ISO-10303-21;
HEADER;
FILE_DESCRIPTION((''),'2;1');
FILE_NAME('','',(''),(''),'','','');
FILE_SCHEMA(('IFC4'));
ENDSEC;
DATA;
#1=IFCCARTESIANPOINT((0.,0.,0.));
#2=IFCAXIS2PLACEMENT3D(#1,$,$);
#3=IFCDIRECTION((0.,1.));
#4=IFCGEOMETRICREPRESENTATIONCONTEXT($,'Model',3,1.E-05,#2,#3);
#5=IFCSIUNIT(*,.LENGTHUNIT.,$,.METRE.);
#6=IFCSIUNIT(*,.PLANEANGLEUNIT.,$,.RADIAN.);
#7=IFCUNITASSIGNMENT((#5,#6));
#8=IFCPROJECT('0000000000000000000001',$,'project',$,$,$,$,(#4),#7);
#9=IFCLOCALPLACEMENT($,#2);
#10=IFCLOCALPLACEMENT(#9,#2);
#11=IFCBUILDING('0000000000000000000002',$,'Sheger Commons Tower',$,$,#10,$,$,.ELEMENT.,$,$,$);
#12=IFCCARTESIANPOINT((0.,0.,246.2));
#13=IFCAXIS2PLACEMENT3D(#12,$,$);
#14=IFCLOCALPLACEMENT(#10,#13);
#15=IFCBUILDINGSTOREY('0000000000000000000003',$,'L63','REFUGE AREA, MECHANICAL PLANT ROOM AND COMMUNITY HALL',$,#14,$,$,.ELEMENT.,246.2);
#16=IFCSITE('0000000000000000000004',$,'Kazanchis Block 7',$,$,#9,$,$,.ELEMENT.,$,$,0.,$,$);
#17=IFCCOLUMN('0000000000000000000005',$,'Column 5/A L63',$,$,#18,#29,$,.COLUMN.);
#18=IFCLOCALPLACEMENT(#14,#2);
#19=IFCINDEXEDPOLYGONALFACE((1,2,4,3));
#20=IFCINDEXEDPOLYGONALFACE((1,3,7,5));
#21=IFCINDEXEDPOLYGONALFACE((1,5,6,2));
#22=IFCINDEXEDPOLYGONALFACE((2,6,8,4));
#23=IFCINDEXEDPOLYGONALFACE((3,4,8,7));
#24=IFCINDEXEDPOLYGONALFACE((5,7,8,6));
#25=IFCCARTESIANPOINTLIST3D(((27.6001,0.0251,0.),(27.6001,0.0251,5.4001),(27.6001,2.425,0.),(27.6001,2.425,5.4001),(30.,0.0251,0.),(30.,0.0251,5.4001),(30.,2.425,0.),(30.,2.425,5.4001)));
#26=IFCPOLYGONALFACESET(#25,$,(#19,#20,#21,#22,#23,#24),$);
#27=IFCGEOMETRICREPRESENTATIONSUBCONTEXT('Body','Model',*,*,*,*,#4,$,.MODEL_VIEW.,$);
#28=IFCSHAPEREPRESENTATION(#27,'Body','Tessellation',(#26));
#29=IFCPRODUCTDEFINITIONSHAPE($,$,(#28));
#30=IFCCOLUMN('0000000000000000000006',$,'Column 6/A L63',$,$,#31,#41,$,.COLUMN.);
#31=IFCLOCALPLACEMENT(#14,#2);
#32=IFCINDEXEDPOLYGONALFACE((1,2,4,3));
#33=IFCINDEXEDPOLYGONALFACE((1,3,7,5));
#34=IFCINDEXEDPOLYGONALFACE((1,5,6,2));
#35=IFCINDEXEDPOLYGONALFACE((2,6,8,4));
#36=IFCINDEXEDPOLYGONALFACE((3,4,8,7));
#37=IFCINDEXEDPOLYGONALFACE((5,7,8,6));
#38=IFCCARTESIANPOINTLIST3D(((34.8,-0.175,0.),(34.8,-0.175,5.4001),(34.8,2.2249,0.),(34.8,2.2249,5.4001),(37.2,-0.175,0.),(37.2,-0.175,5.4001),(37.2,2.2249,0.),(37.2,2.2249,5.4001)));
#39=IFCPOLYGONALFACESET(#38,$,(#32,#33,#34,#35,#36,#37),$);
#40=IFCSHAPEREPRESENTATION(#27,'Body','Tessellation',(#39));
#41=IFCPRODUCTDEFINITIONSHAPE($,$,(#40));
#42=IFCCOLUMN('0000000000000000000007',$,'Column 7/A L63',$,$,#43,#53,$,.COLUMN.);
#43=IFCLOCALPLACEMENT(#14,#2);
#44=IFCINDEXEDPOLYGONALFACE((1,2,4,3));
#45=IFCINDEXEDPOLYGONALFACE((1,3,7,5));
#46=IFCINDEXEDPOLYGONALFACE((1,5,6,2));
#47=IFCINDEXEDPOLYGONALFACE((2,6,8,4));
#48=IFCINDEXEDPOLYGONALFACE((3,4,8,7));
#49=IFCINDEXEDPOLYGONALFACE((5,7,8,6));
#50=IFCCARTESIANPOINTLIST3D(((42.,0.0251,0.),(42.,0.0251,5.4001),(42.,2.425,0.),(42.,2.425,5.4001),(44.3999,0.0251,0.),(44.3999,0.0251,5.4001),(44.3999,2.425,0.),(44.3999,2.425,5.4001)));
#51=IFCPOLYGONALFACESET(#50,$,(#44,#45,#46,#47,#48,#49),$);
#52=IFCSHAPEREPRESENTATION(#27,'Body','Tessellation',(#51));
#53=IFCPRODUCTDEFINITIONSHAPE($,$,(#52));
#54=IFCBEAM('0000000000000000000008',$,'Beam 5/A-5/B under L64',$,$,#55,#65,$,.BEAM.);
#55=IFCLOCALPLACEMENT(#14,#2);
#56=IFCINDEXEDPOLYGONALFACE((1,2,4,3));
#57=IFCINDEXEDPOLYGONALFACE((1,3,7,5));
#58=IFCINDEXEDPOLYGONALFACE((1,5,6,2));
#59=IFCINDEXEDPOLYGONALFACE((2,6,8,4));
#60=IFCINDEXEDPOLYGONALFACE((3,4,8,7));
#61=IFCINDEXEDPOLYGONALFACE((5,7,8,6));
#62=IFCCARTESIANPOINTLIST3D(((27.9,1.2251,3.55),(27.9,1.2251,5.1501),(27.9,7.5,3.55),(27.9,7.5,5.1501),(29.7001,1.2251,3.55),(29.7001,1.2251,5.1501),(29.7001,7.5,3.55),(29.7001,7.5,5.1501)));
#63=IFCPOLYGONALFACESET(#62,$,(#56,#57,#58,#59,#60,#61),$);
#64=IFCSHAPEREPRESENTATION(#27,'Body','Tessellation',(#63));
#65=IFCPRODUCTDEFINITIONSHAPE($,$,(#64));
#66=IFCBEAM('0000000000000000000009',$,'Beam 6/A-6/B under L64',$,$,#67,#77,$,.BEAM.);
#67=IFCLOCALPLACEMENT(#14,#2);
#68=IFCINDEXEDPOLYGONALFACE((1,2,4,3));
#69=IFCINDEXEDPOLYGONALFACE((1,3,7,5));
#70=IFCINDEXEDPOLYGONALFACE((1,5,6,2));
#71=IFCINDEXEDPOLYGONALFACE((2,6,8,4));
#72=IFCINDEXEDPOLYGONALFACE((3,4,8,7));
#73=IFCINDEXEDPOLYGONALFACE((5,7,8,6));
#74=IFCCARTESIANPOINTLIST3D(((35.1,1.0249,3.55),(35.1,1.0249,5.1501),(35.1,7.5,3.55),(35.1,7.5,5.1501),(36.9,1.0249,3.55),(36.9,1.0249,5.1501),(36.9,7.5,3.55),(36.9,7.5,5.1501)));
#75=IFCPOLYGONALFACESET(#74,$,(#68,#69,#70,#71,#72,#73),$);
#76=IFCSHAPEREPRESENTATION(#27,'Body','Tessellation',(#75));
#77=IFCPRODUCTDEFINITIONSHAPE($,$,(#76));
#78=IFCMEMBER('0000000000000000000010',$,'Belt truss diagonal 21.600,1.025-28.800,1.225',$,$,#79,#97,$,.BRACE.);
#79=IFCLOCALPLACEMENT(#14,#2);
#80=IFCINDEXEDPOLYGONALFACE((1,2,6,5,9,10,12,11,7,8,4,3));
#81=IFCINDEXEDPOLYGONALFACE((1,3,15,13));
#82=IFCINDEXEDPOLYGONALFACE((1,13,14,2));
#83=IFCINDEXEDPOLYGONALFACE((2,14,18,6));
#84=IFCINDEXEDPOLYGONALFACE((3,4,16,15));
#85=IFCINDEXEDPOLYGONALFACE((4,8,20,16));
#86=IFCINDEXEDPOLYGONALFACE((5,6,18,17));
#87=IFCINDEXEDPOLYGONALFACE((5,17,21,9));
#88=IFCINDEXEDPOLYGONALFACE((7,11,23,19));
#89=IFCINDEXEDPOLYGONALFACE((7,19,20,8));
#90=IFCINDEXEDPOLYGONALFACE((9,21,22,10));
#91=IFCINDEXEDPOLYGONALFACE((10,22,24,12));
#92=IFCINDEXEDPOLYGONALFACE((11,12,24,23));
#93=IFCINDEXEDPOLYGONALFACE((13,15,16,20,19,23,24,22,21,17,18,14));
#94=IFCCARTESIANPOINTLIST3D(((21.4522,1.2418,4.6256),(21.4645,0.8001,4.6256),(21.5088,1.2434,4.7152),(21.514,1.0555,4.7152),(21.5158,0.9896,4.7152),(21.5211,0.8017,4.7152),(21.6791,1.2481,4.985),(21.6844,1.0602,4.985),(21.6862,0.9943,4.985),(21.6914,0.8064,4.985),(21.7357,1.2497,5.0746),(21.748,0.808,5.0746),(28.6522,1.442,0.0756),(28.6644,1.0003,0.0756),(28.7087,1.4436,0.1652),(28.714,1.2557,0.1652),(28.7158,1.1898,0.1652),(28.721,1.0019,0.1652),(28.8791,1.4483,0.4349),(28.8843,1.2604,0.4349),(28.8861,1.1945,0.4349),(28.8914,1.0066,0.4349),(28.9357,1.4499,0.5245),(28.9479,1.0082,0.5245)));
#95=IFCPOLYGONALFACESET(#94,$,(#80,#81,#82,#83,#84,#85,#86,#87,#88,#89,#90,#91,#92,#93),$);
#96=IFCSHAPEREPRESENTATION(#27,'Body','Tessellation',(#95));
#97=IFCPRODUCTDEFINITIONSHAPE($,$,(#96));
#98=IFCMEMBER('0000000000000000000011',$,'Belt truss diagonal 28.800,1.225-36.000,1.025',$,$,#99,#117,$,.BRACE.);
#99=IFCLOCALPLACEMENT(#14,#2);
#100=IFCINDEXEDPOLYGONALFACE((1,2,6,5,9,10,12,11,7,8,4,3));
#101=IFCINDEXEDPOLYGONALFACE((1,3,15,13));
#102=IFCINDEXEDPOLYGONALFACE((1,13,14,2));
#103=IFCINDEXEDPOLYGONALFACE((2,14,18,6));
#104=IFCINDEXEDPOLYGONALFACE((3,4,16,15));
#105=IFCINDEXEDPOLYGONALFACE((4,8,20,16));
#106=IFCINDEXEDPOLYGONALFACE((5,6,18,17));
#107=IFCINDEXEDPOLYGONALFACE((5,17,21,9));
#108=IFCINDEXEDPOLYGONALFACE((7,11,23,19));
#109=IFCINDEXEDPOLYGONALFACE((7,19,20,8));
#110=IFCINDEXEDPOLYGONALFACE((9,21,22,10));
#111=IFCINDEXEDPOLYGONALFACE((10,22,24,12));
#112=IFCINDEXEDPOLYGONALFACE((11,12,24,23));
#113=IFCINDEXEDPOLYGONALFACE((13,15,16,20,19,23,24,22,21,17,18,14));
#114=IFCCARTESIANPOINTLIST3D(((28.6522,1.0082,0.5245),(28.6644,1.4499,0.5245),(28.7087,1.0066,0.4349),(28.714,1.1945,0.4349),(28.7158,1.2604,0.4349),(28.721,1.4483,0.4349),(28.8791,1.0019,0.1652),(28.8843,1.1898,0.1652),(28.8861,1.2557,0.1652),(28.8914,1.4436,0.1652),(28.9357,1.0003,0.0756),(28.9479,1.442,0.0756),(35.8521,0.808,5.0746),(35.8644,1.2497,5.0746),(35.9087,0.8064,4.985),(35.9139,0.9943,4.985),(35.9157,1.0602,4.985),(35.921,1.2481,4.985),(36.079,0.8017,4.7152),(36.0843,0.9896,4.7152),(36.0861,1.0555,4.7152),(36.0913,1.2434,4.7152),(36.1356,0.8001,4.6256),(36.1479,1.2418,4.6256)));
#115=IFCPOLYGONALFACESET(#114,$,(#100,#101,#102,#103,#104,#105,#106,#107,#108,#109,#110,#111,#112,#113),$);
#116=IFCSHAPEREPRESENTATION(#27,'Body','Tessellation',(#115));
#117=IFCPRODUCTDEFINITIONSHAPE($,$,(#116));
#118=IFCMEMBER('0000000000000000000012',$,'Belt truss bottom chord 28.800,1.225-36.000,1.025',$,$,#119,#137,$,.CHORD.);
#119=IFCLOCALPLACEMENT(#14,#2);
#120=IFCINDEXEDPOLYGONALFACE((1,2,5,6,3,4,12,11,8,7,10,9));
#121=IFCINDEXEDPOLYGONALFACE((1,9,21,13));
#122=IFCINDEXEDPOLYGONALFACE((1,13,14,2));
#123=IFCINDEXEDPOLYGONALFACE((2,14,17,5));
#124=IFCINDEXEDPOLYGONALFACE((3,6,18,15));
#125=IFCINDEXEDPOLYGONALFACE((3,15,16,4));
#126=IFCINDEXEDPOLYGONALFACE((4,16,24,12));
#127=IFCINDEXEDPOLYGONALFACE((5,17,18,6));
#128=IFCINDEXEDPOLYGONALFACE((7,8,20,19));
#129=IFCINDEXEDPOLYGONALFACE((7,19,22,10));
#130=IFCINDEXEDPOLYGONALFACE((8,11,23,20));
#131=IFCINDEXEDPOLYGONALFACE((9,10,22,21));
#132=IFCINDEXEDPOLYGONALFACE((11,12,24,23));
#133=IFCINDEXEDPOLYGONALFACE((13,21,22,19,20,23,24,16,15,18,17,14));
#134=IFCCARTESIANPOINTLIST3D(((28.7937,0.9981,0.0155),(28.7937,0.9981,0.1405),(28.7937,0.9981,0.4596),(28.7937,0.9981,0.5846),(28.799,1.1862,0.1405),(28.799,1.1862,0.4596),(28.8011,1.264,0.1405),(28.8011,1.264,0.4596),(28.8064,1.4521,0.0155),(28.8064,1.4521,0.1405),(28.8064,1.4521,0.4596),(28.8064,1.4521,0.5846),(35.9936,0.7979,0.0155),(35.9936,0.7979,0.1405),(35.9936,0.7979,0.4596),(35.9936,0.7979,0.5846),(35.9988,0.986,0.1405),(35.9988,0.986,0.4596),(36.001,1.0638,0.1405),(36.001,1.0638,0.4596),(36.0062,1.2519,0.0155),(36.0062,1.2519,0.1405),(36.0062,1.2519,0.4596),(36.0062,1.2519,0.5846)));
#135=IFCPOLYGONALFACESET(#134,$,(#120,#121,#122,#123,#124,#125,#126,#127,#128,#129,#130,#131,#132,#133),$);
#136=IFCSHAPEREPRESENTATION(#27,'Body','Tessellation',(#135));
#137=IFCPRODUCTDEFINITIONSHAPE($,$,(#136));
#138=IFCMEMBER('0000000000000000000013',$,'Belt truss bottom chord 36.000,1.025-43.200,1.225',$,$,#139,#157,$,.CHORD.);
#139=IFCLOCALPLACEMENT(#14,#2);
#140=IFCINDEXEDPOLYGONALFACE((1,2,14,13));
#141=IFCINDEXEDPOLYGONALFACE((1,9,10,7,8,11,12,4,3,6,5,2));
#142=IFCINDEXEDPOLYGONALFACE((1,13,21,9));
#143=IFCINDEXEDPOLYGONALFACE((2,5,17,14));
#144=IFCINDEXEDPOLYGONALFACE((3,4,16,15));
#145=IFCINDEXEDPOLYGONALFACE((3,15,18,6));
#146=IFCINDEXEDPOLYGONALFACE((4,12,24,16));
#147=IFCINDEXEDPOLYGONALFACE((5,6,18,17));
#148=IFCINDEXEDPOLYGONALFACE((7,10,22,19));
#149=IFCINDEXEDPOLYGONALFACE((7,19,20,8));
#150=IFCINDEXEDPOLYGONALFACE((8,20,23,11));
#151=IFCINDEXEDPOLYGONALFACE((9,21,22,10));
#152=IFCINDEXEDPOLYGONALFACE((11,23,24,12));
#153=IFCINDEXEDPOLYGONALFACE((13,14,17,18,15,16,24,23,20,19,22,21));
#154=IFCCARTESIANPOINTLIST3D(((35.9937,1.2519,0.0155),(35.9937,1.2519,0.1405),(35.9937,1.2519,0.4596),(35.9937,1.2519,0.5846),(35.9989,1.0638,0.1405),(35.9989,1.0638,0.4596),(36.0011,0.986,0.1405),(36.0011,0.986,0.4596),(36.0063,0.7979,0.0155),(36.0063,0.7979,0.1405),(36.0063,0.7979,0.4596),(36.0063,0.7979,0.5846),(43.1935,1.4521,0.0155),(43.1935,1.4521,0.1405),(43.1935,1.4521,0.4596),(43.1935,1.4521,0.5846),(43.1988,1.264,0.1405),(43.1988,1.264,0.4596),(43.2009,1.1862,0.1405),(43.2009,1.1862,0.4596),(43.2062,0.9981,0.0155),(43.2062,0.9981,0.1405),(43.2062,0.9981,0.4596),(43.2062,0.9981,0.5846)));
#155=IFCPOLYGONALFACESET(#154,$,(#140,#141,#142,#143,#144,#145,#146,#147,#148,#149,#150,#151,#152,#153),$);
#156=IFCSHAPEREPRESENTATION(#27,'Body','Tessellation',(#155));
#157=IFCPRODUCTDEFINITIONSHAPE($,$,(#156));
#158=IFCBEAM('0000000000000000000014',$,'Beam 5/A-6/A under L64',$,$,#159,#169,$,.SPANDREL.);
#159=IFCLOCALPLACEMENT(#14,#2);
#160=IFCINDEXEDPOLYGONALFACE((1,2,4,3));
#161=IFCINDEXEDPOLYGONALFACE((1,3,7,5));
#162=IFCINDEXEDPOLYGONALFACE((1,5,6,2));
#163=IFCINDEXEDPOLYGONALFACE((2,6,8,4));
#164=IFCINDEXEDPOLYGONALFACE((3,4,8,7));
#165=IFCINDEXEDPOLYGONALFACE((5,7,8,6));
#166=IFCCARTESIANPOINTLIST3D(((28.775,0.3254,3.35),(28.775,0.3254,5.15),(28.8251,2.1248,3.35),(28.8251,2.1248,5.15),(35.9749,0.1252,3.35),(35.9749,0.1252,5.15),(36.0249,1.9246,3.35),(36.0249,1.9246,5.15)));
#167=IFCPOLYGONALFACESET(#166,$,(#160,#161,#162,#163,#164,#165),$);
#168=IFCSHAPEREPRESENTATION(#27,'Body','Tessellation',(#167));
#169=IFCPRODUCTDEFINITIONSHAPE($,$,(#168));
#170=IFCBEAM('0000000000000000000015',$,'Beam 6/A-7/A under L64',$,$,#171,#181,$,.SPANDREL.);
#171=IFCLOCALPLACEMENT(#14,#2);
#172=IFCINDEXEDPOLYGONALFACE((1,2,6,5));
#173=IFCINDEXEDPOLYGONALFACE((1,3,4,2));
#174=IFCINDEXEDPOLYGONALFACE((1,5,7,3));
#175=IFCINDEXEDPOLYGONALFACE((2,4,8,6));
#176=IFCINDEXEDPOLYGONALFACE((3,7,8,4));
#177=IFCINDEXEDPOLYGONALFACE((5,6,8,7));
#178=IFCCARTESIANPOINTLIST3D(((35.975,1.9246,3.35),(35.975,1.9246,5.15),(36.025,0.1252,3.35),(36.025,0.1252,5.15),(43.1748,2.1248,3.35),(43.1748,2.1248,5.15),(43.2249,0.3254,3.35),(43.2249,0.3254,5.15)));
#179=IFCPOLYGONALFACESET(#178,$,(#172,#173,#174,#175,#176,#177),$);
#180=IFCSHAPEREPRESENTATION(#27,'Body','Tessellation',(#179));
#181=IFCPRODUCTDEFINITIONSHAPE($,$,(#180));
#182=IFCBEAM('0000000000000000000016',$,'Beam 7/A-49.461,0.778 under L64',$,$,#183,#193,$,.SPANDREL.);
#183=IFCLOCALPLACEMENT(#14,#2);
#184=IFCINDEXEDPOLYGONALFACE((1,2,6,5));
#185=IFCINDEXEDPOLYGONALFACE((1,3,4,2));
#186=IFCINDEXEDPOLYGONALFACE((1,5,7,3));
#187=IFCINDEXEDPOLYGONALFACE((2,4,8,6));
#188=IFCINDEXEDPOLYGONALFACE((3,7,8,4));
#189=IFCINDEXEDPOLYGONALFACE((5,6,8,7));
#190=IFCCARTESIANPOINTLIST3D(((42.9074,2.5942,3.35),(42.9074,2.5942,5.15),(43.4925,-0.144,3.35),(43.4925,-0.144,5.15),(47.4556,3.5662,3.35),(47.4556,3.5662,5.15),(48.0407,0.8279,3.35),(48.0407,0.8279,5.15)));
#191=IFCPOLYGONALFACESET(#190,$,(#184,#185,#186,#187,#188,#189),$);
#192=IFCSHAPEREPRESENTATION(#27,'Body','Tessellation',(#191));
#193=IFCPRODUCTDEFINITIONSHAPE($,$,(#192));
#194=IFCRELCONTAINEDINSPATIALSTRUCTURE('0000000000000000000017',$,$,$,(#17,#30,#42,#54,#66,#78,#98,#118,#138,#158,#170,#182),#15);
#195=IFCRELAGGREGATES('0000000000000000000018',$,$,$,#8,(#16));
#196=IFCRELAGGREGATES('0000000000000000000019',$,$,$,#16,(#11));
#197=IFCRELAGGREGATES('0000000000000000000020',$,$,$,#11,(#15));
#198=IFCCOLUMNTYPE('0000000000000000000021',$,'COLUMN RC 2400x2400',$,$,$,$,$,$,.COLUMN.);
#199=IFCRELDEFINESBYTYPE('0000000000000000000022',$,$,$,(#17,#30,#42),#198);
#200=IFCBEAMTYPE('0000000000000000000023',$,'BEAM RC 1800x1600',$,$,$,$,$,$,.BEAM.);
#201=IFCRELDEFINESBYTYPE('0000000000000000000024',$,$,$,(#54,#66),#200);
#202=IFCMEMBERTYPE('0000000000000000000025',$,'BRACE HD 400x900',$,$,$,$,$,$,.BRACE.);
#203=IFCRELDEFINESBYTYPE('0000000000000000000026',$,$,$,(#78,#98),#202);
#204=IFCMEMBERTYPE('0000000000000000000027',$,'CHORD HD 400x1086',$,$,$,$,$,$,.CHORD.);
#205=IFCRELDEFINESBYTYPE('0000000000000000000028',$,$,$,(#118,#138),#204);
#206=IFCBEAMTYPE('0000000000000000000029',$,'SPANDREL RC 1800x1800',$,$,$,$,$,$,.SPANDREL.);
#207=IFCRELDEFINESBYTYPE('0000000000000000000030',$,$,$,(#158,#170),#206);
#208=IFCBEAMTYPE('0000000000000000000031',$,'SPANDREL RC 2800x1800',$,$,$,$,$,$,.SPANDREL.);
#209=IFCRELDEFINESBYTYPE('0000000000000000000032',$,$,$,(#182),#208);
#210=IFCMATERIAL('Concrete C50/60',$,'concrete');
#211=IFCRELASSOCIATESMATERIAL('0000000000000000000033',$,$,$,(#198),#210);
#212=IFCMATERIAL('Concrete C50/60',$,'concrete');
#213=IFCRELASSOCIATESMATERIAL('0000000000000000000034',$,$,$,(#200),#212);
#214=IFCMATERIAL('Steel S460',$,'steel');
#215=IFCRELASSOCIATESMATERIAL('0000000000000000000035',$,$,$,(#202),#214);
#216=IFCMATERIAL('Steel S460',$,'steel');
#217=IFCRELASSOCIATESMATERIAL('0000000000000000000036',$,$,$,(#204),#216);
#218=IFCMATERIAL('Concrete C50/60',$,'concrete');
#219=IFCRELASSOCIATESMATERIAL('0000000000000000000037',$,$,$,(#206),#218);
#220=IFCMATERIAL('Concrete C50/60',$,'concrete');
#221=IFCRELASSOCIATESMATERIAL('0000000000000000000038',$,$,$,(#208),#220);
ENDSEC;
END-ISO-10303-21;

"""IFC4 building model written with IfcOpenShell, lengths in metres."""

from ifc_helpers import new_model, si_unit, direction, frame, origin, origin_2d, place, context, subcontext, project, spatial, rectangle, i_section, extrude, material, material_profile, profile_set, type_object, element, save


model = new_model("IFC4")

# Units and contexts
model_context = context("Model", 3, precision=1e-05, world=origin(), true_north=direction((0.0, 1.0)))
body_context = subcontext(model_context, "Body", "Model", "MODEL_VIEW")
ifc_project = project(units=[si_unit("LENGTHUNIT", "METRE"), si_unit("PLANEANGLEUNIT", "RADIAN")], contexts=[model_context])

# Site, building, storey
site_placement = place(None, origin())
site = spatial("IfcSite", under=ifc_project, at=site_placement, Name="Kazanchis Block 7", CompositionType="ELEMENT", RefElevation=0.0)
building_placement = place(site_placement, origin())
building = spatial("IfcBuilding", under=site, at=building_placement, Name="Sheger Commons Tower", CompositionType="ELEMENT")
storey_placement = place(building_placement, frame((0.0, 0.0, 246.2)))
storey = spatial("IfcBuildingStorey", under=building, at=storey_placement, Name="L63", Description="REFUGE AREA, MECHANICAL PLANT ROOM AND COMMUNITY HALL", CompositionType="ELEMENT", Elevation=246.2)

# Columns
ifc_material_1 = material(Name="Concrete C50/60", Category="concrete")
ifc_material_profile_1 = material_profile(ifc_material_1, rectangle(XDim=2.3999, YDim=2.3999, at=origin_2d()), Name="RC 2400x2400")
ifc_profile_set_1 = profile_set([ifc_material_profile_1], Name="Concrete C50/60")
column_type = type_object("IfcColumnType", Name="COLUMN RC 2400x2400", PredefinedType="COLUMN", material=ifc_profile_set_1)
for number, where, z_axis, x_axis, name in (
    (1, (28.8, 1.2251, 0.0), (0.0, 0.0, 1.0), (1.0, 0.0, 0.0), "Column 5/A L63"),
    (2, (36.0, 1.0249, 0.0), (0.0, 0.0, 1.0), (1.0, 0.0, 0.0), "Column 6/A L63"),
    (3, (43.2, 1.2251, 0.0), (0.0, 0.0, 1.0), (1.0, 0.0, 0.0), "Column 7/A L63"),
):
    element("IfcColumn", number, at=place(storey_placement, frame(where, z_axis=z_axis, x_axis=x_axis)), inside=storey, type_object=column_type, Name=name, PredefinedType="COLUMN", context=body_context, shape_type="SweptSolid", body=[
        extrude(rectangle(XDim=2.3999, YDim=2.3999, at=origin_2d()), origin(), (0.0, 0.0, 1.0), 5.4001),
    ])

# Beams
ifc_material_2 = material(Name="Concrete C50/60", Category="concrete")
ifc_material_profile_2 = material_profile(ifc_material_2, rectangle(XDim=1.8, YDim=1.6001, at=origin_2d()), Name="RC 1800x1600")
ifc_profile_set_2 = profile_set([ifc_material_profile_2], Name="Concrete C50/60")
beam_type_1 = type_object("IfcBeamType", Name="BEAM RC 1800x1600", PredefinedType="BEAM", material=ifc_profile_set_2)
beam_1_placement = place(storey_placement, frame((28.8, 1.2251, 4.3501), z_axis=(0.0, 1.0, 0.0), x_axis=(-1.0, 0.0, 0.0)))
element("IfcBeam", 4, at=beam_1_placement, inside=storey, type_object=beam_type_1, Name="Beam 5/A-5/B under L64", PredefinedType="BEAM", context=body_context, shape_type="SweptSolid", body=[
    extrude(rectangle(XDim=1.8, YDim=1.6001, at=origin_2d()), origin(), (0.0, 0.0, 1.0), 6.2749),
])
beam_2_placement = place(storey_placement, frame((36.0, 1.0249, 4.3501), z_axis=(0.0, 1.0, 0.0), x_axis=(-1.0, 0.0, 0.0)))
element("IfcBeam", 5, at=beam_2_placement, inside=storey, type_object=beam_type_1, Name="Beam 6/A-6/B under L64", PredefinedType="BEAM", context=body_context, shape_type="SweptSolid", body=[
    extrude(rectangle(XDim=1.8, YDim=1.6001, at=origin_2d()), origin(), (0.0, 0.0, 1.0), 6.4751),
])

# Members
ifc_material_3 = material(Name="Steel S460", Category="steel")
ifc_material_profile_3 = material_profile(ifc_material_3, i_section(OverallWidth=0.4419, OverallDepth=0.531, WebThickness=0.0659, FlangeThickness=0.106, at=origin_2d()), Name="HD 400x900")
ifc_profile_set_3 = profile_set([ifc_material_profile_3], Name="Steel S460")
member_type_1 = type_object("IfcMemberType", Name="BRACE HD 400x900", PredefinedType="BRACE", material=ifc_profile_set_3)
for number, where, z_axis, x_axis, name in (
    (6, (28.8, 1.2251, 0.3), (-0.845112, -0.023498, 0.534073), (0.027794, -0.999614, 0.0), "Belt truss diagonal 21.600,1.025-28.800,1.225"),
    (7, (28.8, 1.2251, 0.3), (0.845112, -0.023498, 0.534073), (0.027794, 0.999614, 0.0), "Belt truss diagonal 28.800,1.225-36.000,1.025"),
):
    element("IfcMember", number, at=place(storey_placement, frame(where, z_axis=z_axis, x_axis=x_axis)), inside=storey, type_object=member_type_1, Name=name, PredefinedType="BRACE", context=body_context, shape_type="SweptSolid", body=[
        extrude(i_section(OverallWidth=0.4419, OverallDepth=0.531, WebThickness=0.0659, FlangeThickness=0.106, at=origin_2d()), origin(), (0.0, 0.0, 1.0), 8.5195),
    ])
ifc_material_4 = material(Name="Steel S460", Category="steel")
ifc_material_profile_4 = material_profile(ifc_material_4, i_section(OverallWidth=0.4541, OverallDepth=0.5691, WebThickness=0.0779, FlangeThickness=0.125, at=origin_2d()), Name="HD 400x1086")
ifc_profile_set_4 = profile_set([ifc_material_profile_4], Name="Steel S460")
member_type_2 = type_object("IfcMemberType", Name="CHORD HD 400x1086", PredefinedType="CHORD", material=ifc_profile_set_4)
for number, where, z_axis, x_axis, name in (
    (8, (28.8, 1.2251, 0.3), (0.999614, -0.027794, 0.0), (0.027794, 0.999614, 0.0), "Belt truss bottom chord 28.800,1.225-36.000,1.025"),
    (9, (36.0, 1.0249, 0.3), (0.999614, 0.027794, 0.0), (-0.027794, 0.999614, 0.0), "Belt truss bottom chord 36.000,1.025-43.200,1.225"),
):
    element("IfcMember", number, at=place(storey_placement, frame(where, z_axis=z_axis, x_axis=x_axis)), inside=storey, type_object=member_type_2, Name=name, PredefinedType="CHORD", context=body_context, shape_type="SweptSolid", body=[
        extrude(i_section(OverallWidth=0.4541, OverallDepth=0.5691, WebThickness=0.0779, FlangeThickness=0.125, at=origin_2d()), origin(), (0.0, 0.0, 1.0), 7.2026),
    ])

# Beams
ifc_material_5 = material(Name="Concrete C50/60", Category="concrete")
ifc_material_profile_5 = material_profile(ifc_material_5, rectangle(XDim=1.8, YDim=1.8, at=origin_2d()), Name="RC 1800x1800")
ifc_profile_set_5 = profile_set([ifc_material_profile_5], Name="Concrete C50/60")
beam_type_2 = type_object("IfcBeamType", Name="SPANDREL RC 1800x1800", PredefinedType="SPANDREL", material=ifc_profile_set_5)
for number, where, z_axis, x_axis, name in (
    (10, (28.8, 1.2251, 4.25), (0.999614, -0.027794, 0.0), (0.027794, 0.999614, 0.0), "Beam 5/A-6/A under L64"),
    (11, (36.0, 1.0249, 4.25), (0.999614, 0.027794, 0.0), (-0.027794, 0.999614, 0.0), "Beam 6/A-7/A under L64"),
):
    element("IfcBeam", number, at=place(storey_placement, frame(where, z_axis=z_axis, x_axis=x_axis)), inside=storey, type_object=beam_type_2, Name=name, PredefinedType="SPANDREL", context=body_context, shape_type="SweptSolid", body=[
        extrude(rectangle(XDim=1.8, YDim=1.8, at=origin_2d()), origin(), (0.0, 0.0, 1.0), 7.2026),
    ])
ifc_material_6 = material(Name="Concrete C50/60", Category="concrete")
ifc_material_profile_6 = material_profile(ifc_material_6, rectangle(XDim=2.8, YDim=1.8, at=origin_2d()), Name="RC 2800x1800")
ifc_profile_set_6 = profile_set([ifc_material_profile_6], Name="Concrete C50/60")
beam_type_3 = type_object("IfcBeamType", Name="SPANDREL RC 2800x1800", PredefinedType="SPANDREL", material=ifc_profile_set_6)
beam_3_placement = place(storey_placement, frame((43.2, 1.2251, 4.25), z_axis=(0.97792, 0.208981, 0.0), x_axis=(-0.208981, 0.97792, 0.0)))
element("IfcBeam", 12, at=beam_3_placement, inside=storey, type_object=beam_type_3, Name="Beam 7/A-49.461,0.778 under L64", PredefinedType="SPANDREL", context=body_context, shape_type="SweptSolid", body=[
    extrude(rectangle(XDim=2.8, YDim=1.8, at=origin_2d()), origin(), (0.0, 0.0, 1.0), 4.6509),
])

save(model, "model.ifc")
